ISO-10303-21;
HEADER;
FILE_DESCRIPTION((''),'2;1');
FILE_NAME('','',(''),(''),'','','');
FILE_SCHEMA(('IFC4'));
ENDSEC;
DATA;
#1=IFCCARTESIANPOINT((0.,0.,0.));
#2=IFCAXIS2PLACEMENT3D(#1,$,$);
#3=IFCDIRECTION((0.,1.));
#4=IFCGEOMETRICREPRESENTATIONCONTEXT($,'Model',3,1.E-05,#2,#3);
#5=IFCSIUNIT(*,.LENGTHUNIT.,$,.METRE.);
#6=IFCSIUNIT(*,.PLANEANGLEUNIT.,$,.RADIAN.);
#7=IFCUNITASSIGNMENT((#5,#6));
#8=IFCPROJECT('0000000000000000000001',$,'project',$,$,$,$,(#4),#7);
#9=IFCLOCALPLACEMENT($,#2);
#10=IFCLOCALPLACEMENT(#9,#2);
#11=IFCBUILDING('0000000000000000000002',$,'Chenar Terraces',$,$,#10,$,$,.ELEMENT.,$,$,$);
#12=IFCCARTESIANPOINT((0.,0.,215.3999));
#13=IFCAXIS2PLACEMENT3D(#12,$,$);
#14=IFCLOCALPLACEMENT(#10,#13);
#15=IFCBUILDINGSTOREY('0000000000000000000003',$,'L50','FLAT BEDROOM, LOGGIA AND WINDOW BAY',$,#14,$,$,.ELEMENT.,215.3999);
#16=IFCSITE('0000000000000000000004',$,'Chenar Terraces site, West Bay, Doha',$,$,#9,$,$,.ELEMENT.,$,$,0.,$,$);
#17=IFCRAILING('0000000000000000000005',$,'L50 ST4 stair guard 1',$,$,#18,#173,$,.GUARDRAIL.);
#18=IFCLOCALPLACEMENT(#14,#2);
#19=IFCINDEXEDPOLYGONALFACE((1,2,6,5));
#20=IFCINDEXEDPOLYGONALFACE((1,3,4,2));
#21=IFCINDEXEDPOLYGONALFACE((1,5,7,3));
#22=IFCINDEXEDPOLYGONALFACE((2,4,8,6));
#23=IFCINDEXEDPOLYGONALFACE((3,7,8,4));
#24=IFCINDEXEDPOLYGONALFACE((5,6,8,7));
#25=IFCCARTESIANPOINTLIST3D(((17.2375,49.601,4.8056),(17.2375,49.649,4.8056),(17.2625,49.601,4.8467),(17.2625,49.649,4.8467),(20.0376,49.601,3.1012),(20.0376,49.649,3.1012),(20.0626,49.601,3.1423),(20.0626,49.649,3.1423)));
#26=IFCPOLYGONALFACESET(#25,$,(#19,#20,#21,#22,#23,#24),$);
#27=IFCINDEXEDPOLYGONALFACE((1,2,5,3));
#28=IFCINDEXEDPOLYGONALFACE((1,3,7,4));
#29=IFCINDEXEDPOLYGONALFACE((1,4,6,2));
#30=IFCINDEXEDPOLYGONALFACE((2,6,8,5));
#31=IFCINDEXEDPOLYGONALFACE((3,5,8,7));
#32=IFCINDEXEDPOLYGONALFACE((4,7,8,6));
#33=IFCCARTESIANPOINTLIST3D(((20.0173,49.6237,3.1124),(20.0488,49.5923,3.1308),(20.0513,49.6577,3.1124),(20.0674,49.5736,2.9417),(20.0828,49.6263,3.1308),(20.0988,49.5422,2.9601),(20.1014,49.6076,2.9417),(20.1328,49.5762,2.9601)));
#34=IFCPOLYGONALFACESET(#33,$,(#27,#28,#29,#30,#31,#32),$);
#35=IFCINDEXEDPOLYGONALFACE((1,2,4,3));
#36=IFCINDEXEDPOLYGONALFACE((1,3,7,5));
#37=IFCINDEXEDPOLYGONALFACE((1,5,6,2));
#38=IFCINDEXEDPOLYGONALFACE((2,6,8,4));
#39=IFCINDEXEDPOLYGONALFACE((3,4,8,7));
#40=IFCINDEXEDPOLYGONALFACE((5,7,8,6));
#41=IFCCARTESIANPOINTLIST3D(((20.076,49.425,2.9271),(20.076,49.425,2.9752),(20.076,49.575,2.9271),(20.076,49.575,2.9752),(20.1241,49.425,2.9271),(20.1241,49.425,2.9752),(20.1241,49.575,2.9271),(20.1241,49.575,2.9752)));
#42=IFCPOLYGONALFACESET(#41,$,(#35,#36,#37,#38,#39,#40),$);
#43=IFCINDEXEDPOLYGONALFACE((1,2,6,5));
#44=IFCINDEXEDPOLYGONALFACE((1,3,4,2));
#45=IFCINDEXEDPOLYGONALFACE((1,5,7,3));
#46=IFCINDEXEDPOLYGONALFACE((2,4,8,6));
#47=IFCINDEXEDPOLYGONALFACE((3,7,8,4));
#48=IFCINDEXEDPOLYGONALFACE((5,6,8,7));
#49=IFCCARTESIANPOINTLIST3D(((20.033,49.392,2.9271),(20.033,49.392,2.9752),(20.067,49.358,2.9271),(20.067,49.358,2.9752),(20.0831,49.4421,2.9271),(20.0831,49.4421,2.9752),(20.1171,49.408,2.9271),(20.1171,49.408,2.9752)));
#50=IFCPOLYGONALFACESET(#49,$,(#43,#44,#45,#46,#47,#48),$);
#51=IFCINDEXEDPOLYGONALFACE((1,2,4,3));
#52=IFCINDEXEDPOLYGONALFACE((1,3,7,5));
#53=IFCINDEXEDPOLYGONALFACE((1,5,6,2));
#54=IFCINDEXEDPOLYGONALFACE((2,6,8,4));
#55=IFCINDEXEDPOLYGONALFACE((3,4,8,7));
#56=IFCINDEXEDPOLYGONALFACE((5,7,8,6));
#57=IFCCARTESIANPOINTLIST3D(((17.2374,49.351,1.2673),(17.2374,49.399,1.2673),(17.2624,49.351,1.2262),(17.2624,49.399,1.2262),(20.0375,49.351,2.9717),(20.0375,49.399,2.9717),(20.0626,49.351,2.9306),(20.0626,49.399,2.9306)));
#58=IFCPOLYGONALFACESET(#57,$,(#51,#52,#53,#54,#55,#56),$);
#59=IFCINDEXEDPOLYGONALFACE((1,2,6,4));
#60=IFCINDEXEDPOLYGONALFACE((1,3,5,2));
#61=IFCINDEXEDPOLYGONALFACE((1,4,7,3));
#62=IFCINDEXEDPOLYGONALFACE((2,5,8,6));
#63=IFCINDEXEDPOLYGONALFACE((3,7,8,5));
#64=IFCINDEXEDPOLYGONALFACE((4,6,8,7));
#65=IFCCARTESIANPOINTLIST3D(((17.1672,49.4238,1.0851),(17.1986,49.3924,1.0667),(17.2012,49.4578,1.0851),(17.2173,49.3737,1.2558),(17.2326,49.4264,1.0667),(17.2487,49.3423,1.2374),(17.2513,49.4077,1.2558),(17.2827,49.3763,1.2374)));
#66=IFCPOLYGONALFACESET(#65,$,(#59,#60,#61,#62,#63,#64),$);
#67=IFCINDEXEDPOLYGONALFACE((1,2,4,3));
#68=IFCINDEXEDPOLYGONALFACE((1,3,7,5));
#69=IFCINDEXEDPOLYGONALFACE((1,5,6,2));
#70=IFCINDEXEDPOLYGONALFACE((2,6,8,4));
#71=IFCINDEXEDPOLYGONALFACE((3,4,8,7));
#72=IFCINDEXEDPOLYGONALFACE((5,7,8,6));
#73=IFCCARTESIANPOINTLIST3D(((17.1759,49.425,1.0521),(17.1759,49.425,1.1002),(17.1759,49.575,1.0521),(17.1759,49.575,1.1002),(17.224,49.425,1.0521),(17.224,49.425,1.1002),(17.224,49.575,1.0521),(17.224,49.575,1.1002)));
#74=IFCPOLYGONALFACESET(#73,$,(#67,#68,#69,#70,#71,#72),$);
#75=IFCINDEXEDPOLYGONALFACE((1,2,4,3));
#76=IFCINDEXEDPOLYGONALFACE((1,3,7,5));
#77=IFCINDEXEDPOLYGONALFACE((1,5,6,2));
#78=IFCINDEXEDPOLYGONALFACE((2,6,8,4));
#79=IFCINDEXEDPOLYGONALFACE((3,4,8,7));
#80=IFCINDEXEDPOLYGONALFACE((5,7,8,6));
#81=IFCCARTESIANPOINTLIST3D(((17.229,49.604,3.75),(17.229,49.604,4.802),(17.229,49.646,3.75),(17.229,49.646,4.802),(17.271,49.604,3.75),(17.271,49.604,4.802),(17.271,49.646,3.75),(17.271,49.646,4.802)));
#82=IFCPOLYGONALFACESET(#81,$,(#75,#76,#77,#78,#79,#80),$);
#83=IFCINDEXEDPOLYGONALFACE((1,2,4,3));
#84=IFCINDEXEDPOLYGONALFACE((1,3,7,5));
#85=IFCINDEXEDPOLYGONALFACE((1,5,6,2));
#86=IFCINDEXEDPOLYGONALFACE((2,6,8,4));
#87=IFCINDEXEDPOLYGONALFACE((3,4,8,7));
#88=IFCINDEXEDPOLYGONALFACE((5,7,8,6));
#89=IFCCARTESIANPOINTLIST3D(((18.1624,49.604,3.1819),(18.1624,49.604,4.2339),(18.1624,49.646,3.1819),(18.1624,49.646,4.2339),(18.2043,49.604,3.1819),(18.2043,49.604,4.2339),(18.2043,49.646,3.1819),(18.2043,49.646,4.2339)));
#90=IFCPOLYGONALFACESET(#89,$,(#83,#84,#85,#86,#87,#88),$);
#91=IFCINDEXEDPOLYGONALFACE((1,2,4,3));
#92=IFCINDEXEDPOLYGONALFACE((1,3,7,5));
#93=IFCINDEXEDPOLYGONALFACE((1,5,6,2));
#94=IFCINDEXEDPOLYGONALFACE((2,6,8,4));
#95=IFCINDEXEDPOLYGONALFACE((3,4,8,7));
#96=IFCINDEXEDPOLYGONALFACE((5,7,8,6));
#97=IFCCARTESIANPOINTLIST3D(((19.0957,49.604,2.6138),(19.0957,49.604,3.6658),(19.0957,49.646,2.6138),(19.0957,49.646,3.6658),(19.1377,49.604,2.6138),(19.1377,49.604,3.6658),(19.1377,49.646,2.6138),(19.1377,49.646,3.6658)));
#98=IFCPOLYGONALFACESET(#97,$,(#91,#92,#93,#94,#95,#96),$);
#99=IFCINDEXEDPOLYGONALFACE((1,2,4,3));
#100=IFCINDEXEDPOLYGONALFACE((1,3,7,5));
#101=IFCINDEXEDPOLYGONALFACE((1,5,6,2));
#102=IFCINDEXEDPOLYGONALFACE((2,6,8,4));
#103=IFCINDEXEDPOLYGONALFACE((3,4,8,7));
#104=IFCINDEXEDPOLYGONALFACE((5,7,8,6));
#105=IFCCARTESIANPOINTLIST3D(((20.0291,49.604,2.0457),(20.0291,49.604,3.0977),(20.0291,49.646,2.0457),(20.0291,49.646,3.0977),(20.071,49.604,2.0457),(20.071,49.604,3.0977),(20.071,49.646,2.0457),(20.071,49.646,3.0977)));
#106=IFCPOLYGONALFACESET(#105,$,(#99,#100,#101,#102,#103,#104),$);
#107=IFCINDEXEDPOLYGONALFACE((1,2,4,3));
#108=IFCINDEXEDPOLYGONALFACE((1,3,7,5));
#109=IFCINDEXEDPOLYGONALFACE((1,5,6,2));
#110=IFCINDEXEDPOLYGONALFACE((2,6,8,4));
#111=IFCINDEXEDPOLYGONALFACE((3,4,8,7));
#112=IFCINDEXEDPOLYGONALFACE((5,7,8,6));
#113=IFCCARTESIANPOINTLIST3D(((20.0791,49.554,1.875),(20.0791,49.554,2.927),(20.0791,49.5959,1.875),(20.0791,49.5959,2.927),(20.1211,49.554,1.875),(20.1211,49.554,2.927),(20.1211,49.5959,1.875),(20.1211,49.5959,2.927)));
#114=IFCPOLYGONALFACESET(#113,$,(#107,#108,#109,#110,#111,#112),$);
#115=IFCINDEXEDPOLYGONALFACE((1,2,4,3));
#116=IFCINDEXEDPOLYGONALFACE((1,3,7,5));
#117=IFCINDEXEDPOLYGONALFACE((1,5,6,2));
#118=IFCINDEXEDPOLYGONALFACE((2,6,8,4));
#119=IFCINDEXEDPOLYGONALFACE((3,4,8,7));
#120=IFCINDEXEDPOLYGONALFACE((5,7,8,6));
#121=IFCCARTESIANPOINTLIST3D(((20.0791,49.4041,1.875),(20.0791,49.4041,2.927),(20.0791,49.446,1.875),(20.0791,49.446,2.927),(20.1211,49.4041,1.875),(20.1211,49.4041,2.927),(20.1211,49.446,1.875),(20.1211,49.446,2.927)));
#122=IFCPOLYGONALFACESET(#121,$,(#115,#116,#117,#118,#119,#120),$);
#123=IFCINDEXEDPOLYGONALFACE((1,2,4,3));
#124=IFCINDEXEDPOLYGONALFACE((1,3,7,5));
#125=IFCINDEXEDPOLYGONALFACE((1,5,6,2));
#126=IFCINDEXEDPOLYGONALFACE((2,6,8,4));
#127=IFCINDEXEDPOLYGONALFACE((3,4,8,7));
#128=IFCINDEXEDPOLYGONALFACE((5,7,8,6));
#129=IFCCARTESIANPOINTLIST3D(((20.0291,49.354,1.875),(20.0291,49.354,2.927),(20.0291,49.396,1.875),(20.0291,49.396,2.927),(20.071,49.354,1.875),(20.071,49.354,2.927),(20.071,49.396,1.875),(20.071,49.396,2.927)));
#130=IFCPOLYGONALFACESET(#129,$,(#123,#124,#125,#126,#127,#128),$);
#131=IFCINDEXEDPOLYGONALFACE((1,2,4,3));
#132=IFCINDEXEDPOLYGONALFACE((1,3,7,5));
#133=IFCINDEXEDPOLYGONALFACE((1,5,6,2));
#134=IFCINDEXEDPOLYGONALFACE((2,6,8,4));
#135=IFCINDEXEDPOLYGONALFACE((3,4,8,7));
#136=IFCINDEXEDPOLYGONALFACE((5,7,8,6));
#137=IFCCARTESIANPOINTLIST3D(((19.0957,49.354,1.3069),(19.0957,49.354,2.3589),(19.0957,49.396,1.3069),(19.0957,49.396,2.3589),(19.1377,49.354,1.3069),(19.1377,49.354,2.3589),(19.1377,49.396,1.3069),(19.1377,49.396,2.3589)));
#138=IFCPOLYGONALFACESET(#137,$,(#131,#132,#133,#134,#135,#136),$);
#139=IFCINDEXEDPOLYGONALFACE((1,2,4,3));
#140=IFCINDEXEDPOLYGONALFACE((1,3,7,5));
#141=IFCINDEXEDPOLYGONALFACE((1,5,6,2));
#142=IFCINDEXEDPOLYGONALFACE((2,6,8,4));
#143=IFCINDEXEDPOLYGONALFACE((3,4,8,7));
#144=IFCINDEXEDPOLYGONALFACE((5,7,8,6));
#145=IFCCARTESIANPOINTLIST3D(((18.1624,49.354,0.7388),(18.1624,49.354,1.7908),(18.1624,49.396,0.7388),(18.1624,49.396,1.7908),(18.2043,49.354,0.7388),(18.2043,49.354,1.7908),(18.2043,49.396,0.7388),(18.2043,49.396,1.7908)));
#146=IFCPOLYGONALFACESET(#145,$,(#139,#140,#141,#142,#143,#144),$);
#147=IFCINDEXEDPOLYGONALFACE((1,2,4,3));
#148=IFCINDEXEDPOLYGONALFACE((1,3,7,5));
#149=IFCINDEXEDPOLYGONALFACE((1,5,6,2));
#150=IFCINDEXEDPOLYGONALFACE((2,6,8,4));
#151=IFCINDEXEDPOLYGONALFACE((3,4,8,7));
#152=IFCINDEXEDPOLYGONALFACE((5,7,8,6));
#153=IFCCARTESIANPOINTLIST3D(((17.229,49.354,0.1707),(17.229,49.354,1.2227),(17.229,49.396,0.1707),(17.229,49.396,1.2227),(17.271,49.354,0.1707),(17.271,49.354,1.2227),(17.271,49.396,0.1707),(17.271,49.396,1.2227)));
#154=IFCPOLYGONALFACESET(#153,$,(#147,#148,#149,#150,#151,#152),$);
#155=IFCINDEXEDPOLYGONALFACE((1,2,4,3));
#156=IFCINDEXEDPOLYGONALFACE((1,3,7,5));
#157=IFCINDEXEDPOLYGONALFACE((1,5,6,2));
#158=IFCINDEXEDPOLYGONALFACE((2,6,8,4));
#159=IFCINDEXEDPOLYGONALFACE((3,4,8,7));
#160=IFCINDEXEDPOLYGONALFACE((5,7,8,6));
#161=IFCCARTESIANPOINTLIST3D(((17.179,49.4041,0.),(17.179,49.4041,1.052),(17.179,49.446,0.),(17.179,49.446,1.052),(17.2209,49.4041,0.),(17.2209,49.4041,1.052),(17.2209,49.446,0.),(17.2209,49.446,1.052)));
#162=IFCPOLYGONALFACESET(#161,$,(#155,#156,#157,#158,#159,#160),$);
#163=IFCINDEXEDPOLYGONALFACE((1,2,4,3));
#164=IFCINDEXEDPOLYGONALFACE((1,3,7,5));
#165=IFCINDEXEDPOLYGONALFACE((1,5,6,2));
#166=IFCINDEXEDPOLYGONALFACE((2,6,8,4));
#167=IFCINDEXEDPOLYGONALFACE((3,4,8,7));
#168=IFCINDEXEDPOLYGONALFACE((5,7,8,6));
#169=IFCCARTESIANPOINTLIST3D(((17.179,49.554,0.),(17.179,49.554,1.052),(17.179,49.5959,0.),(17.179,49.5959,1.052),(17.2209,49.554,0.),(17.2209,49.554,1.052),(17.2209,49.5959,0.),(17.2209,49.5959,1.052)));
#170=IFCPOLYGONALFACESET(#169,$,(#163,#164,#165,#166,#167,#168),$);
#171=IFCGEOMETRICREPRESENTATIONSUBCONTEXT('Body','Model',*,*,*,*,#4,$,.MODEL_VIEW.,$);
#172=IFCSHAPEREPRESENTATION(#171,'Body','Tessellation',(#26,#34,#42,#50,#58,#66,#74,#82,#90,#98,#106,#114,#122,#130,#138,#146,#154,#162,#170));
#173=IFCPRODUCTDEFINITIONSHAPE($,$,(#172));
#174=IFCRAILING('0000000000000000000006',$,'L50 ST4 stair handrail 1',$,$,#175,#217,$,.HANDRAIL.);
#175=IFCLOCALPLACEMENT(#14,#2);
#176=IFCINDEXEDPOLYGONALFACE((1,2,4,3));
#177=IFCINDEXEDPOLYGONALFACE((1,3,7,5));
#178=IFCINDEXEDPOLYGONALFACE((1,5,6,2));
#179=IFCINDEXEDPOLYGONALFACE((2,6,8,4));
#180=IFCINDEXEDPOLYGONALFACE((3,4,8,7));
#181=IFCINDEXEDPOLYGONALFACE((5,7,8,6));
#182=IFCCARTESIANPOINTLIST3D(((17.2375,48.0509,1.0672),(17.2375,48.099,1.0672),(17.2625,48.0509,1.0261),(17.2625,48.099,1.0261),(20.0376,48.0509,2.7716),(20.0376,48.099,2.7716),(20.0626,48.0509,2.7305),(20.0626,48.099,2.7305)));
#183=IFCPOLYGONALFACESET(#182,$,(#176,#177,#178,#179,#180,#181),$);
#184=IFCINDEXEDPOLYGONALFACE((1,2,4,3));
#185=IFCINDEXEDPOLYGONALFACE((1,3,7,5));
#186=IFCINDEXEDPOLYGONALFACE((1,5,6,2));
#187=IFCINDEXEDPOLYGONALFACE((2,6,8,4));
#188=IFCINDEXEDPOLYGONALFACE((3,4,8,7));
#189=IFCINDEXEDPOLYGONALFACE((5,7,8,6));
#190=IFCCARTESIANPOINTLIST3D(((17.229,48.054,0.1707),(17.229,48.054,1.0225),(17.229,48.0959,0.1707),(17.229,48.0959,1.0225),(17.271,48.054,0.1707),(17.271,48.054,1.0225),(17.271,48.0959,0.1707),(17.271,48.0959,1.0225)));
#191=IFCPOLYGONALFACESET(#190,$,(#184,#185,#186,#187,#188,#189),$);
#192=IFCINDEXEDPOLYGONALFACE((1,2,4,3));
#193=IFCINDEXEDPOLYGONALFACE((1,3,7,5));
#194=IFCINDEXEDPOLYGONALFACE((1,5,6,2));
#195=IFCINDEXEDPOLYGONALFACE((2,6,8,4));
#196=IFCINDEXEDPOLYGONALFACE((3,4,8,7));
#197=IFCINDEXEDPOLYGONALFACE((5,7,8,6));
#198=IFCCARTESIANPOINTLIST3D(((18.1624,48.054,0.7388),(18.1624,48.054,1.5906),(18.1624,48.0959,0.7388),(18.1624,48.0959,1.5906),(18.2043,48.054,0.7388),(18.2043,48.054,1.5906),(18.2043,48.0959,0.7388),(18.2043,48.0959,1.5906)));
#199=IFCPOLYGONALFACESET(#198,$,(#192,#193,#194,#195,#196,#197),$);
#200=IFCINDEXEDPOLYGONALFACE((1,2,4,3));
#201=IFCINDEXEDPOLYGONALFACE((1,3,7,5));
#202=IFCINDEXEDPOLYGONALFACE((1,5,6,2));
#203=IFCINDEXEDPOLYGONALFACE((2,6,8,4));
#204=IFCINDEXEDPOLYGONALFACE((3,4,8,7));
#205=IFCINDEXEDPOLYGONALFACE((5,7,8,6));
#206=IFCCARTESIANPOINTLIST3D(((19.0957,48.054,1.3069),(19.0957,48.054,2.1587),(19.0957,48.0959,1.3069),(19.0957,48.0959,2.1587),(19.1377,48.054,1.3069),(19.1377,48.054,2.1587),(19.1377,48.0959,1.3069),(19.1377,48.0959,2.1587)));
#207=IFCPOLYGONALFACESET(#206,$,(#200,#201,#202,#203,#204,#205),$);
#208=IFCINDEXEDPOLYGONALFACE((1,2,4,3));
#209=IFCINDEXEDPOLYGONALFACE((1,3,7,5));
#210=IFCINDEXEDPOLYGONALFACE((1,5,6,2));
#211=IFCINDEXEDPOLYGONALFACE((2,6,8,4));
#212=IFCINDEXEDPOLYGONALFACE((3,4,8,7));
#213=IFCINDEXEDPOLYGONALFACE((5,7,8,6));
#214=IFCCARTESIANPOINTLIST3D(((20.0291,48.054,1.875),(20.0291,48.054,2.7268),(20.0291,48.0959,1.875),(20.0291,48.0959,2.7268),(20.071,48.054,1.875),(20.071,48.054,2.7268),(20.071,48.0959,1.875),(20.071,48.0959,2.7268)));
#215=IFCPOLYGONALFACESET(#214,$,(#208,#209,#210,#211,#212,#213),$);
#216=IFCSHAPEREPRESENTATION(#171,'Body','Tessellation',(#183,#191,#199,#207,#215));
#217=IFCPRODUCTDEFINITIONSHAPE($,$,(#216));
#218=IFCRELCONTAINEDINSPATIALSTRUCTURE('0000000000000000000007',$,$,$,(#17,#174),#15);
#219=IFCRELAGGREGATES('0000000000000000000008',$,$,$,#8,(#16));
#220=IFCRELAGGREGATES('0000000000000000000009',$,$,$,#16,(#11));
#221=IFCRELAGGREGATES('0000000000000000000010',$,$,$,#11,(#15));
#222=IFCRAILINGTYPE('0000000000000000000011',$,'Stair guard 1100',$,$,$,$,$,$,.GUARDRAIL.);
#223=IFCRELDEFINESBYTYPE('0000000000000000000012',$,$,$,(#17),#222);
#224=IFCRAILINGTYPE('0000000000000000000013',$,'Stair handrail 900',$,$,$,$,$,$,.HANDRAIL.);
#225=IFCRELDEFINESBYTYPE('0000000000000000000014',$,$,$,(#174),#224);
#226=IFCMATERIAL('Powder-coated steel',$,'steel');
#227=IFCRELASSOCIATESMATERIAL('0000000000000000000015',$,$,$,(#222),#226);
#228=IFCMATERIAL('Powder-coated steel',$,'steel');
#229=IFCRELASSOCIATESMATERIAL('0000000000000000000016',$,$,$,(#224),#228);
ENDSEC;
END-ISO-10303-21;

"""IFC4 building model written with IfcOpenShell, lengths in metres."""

from ifc_helpers import new_model, si_unit, direction, frame, origin, origin_2d, place, context, subcontext, project, spatial, rectangle, extrude, material, type_object, element, save


model = new_model("IFC4")

# Units and contexts
model_context = context("Model", 3, precision=1e-05, world=origin(), true_north=direction((0.0, 1.0)))
body_context = subcontext(model_context, "Body", "Model", "MODEL_VIEW")
ifc_project = project(units=[si_unit("LENGTHUNIT", "METRE"), si_unit("PLANEANGLEUNIT", "RADIAN")], contexts=[model_context])

# Site, building, storey
site_placement = place(None, origin())
site = spatial("IfcSite", under=ifc_project, at=site_placement, Name="Chenar Terraces site, West Bay, Doha", CompositionType="ELEMENT", RefElevation=0.0)
building_placement = place(site_placement, origin())
building = spatial("IfcBuilding", under=site, at=building_placement, Name="Chenar Terraces", CompositionType="ELEMENT")
storey_placement = place(building_placement, frame((0.0, 0.0, 215.3999)))
storey = spatial("IfcBuildingStorey", under=building, at=storey_placement, Name="L50", Description="FLAT BEDROOM, LOGGIA AND WINDOW BAY", CompositionType="ELEMENT", Elevation=215.3999)

# Railings
ifc_material_1 = material(Name="Powder-coated steel", Category="steel")
railing_type_1 = type_object("IfcRailingType", Name="Stair guard 1100", PredefinedType="GUARDRAIL", material=ifc_material_1)
railing_1_placement = place(storey_placement, frame((17.25, 49.625, 3.75)))
element("IfcRailing", 1, at=railing_1_placement, inside=storey, type_object=railing_type_1, Name="L50 ST4 stair guard 1", PredefinedType="GUARDRAIL", context=body_context, shape_type="SweptSolid", body=[
    extrude(rectangle(XDim=0.0481, YDim=0.0481, at=origin_2d()), frame((0.0, 0.0, 1.0762), z_axis=(0.854203, 0.0, -0.51994), x_axis=(0.0, 1.0, 0.0)), (0.0, 0.0, 1.0), 3.2781),
    extrude(rectangle(XDim=0.0481, YDim=0.0481, at=origin_2d()), frame((2.8, 0.0, -0.6284), z_axis=(0.2709, -0.2709, -0.923703), x_axis=(0.707107, 0.707107, 0.0)), (0.0, 0.0, 1.0), 0.1848),
    extrude(rectangle(XDim=0.0481, YDim=0.0481, at=origin_2d()), frame((2.8501, -0.05, -0.7988), z_axis=(0.0, -1.0, 0.0), x_axis=(1.0, 0.0, 0.0)), (0.0, 0.0, 1.0), 0.1499),
    extrude(rectangle(XDim=0.0481, YDim=0.0481, at=origin_2d()), frame((2.8501, -0.2, -0.7988), z_axis=(-0.707107, -0.707107, 0.0), x_axis=(0.707107, -0.707107, 0.0)), (0.0, 0.0, 1.0), 0.0708),
    extrude(rectangle(XDim=0.0481, YDim=0.0481, at=origin_2d()), frame((2.8, -0.25, -0.7988), z_axis=(-0.854203, 0.0, -0.51994), x_axis=(0.0, -1.0, 0.0)), (0.0, 0.0, 1.0), 3.2781),
    extrude(rectangle(XDim=0.0481, YDim=0.0481, at=origin_2d()), frame((0.0, -0.25, -2.5034), z_axis=(-0.2709, 0.2709, -0.923703), x_axis=(-0.707107, -0.707107, 0.0)), (0.0, 0.0, 1.0), 0.1848),
    extrude(rectangle(XDim=0.0481, YDim=0.0481, at=origin_2d()), frame((-0.05, -0.2, -2.6738), z_axis=(0.0, 1.0, 0.0), x_axis=(-1.0, 0.0, 0.0)), (0.0, 0.0, 1.0), 0.1499),
    extrude(rectangle(XDim=0.042, YDim=0.042, at=origin_2d()), origin(), (0.0, 0.0, 1.0), 1.052),
    extrude(rectangle(XDim=0.042, YDim=0.042, at=origin_2d()), frame((0.9333, 0.0, -0.5681)), (0.0, 0.0, 1.0), 1.052),
    extrude(rectangle(XDim=0.042, YDim=0.042, at=origin_2d()), frame((1.8667, 0.0, -1.1362)), (0.0, 0.0, 1.0), 1.052),
    extrude(rectangle(XDim=0.042, YDim=0.042, at=origin_2d()), frame((2.8, 0.0, -1.7043)), (0.0, 0.0, 1.0), 1.052),
    extrude(rectangle(XDim=0.042, YDim=0.042, at=origin_2d()), frame((2.8501, -0.05, -1.875)), (0.0, 0.0, 1.0), 1.052),
    extrude(rectangle(XDim=0.042, YDim=0.042, at=origin_2d()), frame((2.8501, -0.2, -1.875)), (0.0, 0.0, 1.0), 1.052),
    extrude(rectangle(XDim=0.042, YDim=0.042, at=origin_2d()), frame((2.8, -0.25, -1.875)), (0.0, 0.0, 1.0), 1.052),
    extrude(rectangle(XDim=0.042, YDim=0.042, at=origin_2d()), frame((1.8667, -0.25, -2.4431)), (0.0, 0.0, 1.0), 1.052),
    extrude(rectangle(XDim=0.042, YDim=0.042, at=origin_2d()), frame((0.9333, -0.25, -3.0112)), (0.0, 0.0, 1.0), 1.052),
    extrude(rectangle(XDim=0.042, YDim=0.042, at=origin_2d()), frame((0.0, -0.25, -3.5793)), (0.0, 0.0, 1.0), 1.052),
    extrude(rectangle(XDim=0.042, YDim=0.042, at=origin_2d()), frame((-0.05, -0.2, -3.75)), (0.0, 0.0, 1.0), 1.052),
    extrude(rectangle(XDim=0.042, YDim=0.042, at=origin_2d()), frame((-0.05, -0.05, -3.75)), (0.0, 0.0, 1.0), 1.052),
])
ifc_material_2 = material(Name="Powder-coated steel", Category="steel")
railing_type_2 = type_object("IfcRailingType", Name="Stair handrail 900", PredefinedType="HANDRAIL", material=ifc_material_2)
railing_2_placement = place(storey_placement, frame((17.25, 48.075, 0.1707)))
element("IfcRailing", 2, at=railing_2_placement, inside=storey, type_object=railing_type_2, Name="L50 ST4 stair handrail 1", PredefinedType="HANDRAIL", context=body_context, shape_type="SweptSolid", body=[
    extrude(rectangle(XDim=0.0481, YDim=0.0481, at=origin_2d()), frame((0.0, 0.0, 0.876), z_axis=(0.854203, 0.0, 0.51994), x_axis=(0.0, 1.0, 0.0)), (0.0, 0.0, 1.0), 3.2781),
    extrude(rectangle(XDim=0.042, YDim=0.042, at=origin_2d()), origin(), (0.0, 0.0, 1.0), 0.8518),
    extrude(rectangle(XDim=0.042, YDim=0.042, at=origin_2d()), frame((0.9333, 0.0, 0.5681)), (0.0, 0.0, 1.0), 0.8518),
    extrude(rectangle(XDim=0.042, YDim=0.042, at=origin_2d()), frame((1.8667, 0.0, 1.1362)), (0.0, 0.0, 1.0), 0.8518),
    extrude(rectangle(XDim=0.042, YDim=0.042, at=origin_2d()), frame((2.8, 0.0, 1.7043)), (0.0, 0.0, 1.0), 0.8518),
])

save(model, "model.ifc")
